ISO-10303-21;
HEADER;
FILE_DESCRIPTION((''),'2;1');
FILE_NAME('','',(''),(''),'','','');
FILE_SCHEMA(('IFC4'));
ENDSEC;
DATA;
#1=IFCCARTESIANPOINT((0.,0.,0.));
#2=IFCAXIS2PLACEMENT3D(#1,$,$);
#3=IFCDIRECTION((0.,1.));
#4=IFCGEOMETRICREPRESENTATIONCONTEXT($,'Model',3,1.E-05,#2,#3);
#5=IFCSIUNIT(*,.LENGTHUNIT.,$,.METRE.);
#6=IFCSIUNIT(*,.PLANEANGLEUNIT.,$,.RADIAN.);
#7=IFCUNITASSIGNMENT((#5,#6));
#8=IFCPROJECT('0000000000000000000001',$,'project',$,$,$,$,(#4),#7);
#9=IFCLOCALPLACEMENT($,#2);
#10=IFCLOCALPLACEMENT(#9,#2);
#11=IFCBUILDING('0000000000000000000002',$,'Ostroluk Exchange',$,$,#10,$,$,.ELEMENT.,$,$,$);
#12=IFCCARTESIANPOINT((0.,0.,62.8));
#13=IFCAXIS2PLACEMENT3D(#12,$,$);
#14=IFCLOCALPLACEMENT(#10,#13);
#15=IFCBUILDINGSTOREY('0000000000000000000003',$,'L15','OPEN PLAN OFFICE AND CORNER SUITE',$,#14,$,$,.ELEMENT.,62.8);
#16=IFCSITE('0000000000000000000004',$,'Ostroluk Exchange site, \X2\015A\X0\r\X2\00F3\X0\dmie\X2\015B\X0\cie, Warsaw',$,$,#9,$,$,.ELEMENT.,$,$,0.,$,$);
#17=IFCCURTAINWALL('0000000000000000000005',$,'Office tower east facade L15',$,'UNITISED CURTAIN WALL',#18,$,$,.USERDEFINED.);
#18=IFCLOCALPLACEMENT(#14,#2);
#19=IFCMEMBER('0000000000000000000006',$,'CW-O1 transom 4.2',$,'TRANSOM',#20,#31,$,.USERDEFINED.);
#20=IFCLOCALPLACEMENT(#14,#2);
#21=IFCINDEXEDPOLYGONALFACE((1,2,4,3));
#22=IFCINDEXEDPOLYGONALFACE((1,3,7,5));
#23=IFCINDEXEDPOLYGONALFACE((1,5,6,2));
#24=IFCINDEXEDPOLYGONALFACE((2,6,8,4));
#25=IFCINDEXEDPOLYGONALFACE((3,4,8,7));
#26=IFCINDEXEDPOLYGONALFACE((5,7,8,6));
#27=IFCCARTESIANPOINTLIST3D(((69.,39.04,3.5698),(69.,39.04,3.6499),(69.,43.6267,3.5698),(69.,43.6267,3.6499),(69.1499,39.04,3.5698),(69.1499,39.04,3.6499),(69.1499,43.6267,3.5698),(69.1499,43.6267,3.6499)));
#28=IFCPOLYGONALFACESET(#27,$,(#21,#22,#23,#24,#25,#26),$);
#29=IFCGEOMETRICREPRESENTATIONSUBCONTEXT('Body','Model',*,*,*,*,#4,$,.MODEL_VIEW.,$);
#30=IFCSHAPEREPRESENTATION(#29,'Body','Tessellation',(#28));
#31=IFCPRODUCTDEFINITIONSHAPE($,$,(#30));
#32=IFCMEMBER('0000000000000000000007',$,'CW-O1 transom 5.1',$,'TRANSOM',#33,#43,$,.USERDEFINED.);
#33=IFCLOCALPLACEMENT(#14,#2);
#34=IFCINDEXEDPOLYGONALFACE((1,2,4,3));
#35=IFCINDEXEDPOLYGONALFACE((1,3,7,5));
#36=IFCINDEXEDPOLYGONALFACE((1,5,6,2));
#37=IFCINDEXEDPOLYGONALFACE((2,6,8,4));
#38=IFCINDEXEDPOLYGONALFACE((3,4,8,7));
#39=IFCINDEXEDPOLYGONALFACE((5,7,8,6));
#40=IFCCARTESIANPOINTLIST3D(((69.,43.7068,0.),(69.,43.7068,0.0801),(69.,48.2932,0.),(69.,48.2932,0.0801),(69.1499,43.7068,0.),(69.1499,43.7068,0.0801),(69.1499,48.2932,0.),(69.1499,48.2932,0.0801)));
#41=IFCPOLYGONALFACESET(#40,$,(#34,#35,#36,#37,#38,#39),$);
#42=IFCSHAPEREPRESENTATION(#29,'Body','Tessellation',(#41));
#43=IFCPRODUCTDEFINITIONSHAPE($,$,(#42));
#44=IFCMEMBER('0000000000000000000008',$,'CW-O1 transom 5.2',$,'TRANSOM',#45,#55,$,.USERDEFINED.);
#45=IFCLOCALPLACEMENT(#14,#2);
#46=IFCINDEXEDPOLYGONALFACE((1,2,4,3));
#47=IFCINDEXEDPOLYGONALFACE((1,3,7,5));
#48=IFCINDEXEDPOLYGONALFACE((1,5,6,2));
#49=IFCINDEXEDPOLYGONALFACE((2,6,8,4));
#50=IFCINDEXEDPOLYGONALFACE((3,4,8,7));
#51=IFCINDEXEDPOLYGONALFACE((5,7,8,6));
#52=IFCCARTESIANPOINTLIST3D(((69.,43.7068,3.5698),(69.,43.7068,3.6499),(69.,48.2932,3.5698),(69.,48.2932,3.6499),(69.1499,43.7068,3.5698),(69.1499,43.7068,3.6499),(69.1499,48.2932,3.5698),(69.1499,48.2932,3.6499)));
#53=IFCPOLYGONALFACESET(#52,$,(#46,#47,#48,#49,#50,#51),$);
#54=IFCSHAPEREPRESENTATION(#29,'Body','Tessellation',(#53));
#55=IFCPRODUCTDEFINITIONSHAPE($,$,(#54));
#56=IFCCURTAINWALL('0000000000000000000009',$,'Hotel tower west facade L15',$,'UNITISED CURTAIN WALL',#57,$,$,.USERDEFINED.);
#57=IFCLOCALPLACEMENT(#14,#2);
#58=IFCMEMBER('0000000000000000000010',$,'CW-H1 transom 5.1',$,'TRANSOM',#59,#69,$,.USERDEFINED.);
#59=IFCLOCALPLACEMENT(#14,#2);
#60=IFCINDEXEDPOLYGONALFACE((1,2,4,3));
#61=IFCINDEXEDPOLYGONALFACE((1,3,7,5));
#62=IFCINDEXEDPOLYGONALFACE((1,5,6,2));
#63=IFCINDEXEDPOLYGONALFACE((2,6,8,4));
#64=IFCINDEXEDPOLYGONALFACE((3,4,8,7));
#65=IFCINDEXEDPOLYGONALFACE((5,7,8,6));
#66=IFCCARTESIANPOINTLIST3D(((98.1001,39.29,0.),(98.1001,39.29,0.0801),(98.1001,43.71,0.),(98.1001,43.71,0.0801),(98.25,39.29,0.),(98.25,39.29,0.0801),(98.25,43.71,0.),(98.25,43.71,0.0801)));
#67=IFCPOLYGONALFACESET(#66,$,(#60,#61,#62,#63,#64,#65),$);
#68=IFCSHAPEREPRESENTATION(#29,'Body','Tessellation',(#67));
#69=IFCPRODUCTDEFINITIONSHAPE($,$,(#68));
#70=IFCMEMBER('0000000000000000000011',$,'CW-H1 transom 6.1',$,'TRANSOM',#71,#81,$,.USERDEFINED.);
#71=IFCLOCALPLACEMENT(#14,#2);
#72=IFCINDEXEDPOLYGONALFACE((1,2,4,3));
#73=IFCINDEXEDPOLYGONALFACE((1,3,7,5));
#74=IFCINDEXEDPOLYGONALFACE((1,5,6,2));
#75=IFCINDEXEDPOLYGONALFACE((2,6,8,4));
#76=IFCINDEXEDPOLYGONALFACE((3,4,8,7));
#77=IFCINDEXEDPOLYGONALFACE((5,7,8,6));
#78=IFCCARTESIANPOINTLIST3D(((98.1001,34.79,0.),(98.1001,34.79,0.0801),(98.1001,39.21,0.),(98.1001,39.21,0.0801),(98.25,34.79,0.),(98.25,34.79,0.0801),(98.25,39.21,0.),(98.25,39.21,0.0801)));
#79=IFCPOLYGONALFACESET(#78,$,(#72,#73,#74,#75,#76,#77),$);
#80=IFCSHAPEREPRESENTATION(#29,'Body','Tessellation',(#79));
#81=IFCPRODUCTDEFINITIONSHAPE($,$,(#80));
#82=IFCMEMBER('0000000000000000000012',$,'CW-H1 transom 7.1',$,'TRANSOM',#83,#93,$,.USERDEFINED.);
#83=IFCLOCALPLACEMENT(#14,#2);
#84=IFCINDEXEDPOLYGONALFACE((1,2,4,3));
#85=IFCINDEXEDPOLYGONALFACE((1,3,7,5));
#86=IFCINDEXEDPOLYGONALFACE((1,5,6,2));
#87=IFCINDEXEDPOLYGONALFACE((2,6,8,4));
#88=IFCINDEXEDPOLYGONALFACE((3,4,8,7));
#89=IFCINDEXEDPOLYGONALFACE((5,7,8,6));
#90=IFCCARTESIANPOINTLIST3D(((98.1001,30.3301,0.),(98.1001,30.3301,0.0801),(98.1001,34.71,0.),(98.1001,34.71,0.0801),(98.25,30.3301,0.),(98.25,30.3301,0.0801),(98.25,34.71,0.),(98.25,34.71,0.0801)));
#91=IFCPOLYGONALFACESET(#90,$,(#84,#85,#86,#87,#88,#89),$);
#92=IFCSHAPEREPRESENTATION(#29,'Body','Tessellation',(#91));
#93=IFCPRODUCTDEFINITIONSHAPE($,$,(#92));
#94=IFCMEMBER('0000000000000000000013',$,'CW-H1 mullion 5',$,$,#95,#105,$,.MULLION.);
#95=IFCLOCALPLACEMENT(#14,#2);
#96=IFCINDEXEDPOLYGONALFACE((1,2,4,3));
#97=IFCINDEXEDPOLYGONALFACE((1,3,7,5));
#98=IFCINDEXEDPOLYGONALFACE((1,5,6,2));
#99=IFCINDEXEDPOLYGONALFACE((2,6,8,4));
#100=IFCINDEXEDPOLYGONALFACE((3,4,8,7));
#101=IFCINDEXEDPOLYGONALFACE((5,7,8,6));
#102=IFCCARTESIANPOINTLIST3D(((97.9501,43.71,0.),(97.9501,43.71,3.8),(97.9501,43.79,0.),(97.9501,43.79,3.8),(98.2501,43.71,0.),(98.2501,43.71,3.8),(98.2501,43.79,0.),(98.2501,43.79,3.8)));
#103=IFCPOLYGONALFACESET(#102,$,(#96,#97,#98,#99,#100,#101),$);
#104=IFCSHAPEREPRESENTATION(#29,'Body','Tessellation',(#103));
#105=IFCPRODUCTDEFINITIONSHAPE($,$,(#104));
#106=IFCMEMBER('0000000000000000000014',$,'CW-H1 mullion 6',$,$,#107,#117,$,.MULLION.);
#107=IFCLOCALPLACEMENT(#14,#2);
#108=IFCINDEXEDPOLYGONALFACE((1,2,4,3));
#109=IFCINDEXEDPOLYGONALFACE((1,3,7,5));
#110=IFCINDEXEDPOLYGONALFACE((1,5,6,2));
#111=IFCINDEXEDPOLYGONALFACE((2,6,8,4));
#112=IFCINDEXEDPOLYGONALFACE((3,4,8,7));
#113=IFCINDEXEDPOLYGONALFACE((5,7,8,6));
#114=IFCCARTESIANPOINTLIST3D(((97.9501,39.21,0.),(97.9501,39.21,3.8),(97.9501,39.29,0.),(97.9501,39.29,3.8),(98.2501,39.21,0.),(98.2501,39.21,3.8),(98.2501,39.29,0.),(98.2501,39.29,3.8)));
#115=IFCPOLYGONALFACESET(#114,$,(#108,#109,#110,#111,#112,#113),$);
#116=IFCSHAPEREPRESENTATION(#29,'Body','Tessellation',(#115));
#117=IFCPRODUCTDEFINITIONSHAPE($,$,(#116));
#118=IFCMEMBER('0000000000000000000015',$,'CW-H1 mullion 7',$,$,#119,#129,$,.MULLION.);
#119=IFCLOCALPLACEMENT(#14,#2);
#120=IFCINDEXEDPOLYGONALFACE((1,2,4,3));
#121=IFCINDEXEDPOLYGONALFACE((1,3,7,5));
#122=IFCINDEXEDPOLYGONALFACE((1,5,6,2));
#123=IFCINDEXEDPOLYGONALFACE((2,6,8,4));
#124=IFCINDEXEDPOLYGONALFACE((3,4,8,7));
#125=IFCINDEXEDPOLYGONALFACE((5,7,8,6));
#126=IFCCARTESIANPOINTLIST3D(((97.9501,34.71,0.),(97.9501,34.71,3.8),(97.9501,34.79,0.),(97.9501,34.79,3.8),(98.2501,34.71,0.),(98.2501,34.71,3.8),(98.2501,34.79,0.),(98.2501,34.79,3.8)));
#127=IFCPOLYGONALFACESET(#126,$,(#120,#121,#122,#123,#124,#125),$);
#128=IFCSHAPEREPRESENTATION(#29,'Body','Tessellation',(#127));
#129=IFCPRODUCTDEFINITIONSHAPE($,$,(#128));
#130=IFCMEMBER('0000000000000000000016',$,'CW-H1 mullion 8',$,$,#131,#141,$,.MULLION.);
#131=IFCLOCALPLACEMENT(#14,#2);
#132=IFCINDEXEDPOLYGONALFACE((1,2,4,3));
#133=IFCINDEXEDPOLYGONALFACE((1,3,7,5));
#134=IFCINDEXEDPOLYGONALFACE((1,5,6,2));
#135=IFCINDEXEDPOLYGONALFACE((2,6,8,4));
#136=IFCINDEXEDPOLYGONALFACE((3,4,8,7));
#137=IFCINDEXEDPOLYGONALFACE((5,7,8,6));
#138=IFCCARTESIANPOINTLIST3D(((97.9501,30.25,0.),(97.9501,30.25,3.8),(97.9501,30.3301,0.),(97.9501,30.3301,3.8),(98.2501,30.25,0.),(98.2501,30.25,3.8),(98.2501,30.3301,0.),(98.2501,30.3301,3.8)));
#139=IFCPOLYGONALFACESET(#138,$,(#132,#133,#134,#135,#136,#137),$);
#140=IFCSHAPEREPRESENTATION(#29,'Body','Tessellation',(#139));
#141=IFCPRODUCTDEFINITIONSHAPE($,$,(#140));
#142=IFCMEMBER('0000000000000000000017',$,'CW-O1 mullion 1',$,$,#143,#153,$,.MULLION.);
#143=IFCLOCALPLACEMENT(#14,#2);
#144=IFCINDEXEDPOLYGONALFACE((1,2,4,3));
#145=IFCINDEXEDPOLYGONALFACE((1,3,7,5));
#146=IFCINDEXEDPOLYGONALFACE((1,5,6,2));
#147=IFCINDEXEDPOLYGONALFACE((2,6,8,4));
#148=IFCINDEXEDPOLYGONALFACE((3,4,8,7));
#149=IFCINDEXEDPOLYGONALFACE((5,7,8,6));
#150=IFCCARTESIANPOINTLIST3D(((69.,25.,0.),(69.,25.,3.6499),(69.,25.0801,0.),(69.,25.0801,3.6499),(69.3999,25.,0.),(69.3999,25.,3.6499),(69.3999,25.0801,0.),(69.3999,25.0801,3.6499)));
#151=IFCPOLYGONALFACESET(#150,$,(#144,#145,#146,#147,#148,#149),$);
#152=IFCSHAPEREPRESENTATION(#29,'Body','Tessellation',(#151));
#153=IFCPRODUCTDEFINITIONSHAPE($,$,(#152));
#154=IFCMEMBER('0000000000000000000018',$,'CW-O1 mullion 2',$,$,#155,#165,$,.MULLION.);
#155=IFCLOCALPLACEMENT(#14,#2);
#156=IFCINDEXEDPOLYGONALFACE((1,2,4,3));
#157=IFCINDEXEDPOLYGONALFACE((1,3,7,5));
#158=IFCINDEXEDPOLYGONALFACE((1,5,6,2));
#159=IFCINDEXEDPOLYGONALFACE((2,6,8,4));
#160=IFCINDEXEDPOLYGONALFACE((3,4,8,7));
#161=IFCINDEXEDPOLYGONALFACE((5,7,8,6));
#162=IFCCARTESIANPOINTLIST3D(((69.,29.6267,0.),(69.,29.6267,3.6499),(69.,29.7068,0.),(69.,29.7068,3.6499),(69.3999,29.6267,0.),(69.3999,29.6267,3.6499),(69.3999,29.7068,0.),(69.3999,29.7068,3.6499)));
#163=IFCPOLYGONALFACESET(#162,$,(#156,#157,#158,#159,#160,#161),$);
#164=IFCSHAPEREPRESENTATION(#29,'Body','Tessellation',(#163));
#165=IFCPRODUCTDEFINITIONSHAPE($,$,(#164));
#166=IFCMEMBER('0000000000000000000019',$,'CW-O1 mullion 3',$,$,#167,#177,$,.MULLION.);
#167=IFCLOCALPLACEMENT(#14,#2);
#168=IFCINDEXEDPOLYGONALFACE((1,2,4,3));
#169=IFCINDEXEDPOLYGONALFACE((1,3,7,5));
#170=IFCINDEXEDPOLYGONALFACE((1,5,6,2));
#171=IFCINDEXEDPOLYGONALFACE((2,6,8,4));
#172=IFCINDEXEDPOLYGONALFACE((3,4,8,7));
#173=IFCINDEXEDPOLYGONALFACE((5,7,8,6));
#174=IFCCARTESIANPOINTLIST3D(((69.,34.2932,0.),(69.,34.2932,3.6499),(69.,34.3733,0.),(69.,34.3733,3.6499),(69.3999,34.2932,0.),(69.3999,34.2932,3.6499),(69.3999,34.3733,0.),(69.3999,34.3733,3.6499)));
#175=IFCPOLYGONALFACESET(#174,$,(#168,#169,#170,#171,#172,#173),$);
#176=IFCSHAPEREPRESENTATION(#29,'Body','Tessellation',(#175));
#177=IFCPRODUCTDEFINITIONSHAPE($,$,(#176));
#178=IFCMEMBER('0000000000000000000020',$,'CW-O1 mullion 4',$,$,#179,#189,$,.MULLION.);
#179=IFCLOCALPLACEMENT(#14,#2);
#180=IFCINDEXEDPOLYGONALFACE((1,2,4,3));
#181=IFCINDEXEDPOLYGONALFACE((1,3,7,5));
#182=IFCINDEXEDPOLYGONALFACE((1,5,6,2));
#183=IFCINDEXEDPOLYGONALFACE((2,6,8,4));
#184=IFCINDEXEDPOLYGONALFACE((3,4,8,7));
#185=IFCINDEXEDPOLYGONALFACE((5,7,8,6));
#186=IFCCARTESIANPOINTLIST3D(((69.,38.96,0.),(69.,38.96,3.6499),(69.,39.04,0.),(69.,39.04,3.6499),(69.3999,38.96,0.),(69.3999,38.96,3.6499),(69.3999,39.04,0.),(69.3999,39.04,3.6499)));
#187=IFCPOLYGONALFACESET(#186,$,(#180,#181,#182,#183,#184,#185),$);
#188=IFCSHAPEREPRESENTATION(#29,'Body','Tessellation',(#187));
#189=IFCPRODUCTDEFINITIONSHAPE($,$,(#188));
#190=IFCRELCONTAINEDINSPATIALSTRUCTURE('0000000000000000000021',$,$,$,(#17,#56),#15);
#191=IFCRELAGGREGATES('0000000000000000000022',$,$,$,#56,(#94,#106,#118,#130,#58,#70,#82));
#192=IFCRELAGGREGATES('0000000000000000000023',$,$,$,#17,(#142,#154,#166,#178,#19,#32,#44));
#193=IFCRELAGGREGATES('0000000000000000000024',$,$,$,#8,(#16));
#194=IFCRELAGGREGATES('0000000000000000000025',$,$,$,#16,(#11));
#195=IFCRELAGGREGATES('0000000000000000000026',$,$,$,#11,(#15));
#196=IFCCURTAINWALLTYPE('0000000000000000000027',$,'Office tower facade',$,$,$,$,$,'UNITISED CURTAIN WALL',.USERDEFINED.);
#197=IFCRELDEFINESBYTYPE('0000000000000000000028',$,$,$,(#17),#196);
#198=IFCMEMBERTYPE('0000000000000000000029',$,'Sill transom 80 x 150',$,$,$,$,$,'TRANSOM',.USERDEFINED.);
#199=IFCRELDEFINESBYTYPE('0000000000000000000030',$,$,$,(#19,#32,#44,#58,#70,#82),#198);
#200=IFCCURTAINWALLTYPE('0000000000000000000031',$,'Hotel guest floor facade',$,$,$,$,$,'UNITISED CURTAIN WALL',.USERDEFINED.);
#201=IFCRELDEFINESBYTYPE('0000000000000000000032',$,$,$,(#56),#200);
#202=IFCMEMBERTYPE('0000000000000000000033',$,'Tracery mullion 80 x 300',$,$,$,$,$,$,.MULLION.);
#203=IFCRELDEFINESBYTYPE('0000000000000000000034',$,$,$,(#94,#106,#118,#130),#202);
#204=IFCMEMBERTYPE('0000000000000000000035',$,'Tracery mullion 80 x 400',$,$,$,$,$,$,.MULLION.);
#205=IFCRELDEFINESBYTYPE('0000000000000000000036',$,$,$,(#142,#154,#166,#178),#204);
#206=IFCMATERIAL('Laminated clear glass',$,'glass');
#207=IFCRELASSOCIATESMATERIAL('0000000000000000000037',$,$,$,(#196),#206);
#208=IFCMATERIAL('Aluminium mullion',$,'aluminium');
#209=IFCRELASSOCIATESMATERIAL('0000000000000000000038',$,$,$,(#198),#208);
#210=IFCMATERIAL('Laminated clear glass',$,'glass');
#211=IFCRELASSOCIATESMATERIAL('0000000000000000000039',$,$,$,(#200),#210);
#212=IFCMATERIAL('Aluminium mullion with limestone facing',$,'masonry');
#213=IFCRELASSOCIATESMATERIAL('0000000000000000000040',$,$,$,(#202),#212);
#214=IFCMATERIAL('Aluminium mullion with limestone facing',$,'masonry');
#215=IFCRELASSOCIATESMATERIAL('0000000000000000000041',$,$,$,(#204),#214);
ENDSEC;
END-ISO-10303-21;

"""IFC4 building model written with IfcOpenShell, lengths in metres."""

from ifc_helpers import new_model, si_unit, direction, frame, origin, origin_2d, place, context, subcontext, project, spatial, rectangle, extrude, material, material_profile, profile_set, type_object, element, aggregate, save


model = new_model("IFC4")

# Units and contexts
model_context = context("Model", 3, precision=1e-05, world=origin(), true_north=direction((0.0, 1.0)))
body_context = subcontext(model_context, "Body", "Model", "MODEL_VIEW")
ifc_project = project(units=[si_unit("LENGTHUNIT", "METRE"), si_unit("PLANEANGLEUNIT", "RADIAN")], contexts=[model_context])

# Site, building, storey
site_placement = place(None, origin())
site = spatial("IfcSite", under=ifc_project, at=site_placement, Name="Ostroluk Exchange site, Śródmieście, Warsaw", CompositionType="ELEMENT", RefElevation=0.0)
building_placement = place(site_placement, origin())
building = spatial("IfcBuilding", under=site, at=building_placement, Name="Ostroluk Exchange", CompositionType="ELEMENT")
storey_placement = place(building_placement, frame((0.0, 0.0, 62.8)))
storey = spatial("IfcBuildingStorey", under=building, at=storey_placement, Name="L15", Description="OPEN PLAN OFFICE AND CORNER SUITE", CompositionType="ELEMENT", Elevation=62.8)

# Curtain walls, members
ifc_material_1 = material(Name="Laminated clear glass", Category="glass")
curtain_wall_type_1 = type_object("IfcCurtainWallType", Name="Office tower facade", ElementType="UNITISED CURTAIN WALL", PredefinedType="USERDEFINED", material=ifc_material_1)
curtain_wall_1_placement = place(storey_placement, origin())
curtain_wall_1 = element("IfcCurtainWall", 1, at=curtain_wall_1_placement, inside=storey, type_object=curtain_wall_type_1, Name="Office tower east facade L15", ObjectType="UNITISED CURTAIN WALL", PredefinedType="USERDEFINED")
ifc_material_2 = material(Name="Aluminium mullion", Category="aluminium")
ifc_material_profile_1 = material_profile(ifc_material_2, rectangle(XDim=0.1499, YDim=0.0801, at=origin_2d()), Name="Sill transom 80 x 150")
ifc_profile_set_1 = profile_set([ifc_material_profile_1], Name="Aluminium mullion")
member_type_1 = type_object("IfcMemberType", Name="Sill transom 80 x 150", ElementType="TRANSOM", PredefinedType="USERDEFINED", material=ifc_profile_set_1)
member_1_placement = place(storey_placement, frame((69.075, 39.04, 3.6099), z_axis=(0.0, 1.0, 0.0), x_axis=(-1.0, 0.0, 0.0)))
member_1 = element("IfcMember", 2, at=member_1_placement, type_object=member_type_1, Name="CW-O1 transom 4.2", ObjectType="TRANSOM", PredefinedType="USERDEFINED", context=body_context, shape_type="SweptSolid", body=[
    extrude(rectangle(XDim=0.1499, YDim=0.0801, at=origin_2d()), origin(), (0.0, 0.0, 1.0), 4.5867),
])
member_2_placement = place(storey_placement, frame((69.075, 43.7068, 0.04), z_axis=(0.0, 1.0, 0.0), x_axis=(-1.0, 0.0, 0.0)))
member_2 = element("IfcMember", 3, at=member_2_placement, type_object=member_type_1, Name="CW-O1 transom 5.1", ObjectType="TRANSOM", PredefinedType="USERDEFINED", context=body_context, shape_type="SweptSolid", body=[
    extrude(rectangle(XDim=0.1499, YDim=0.0801, at=origin_2d()), origin(), (0.0, 0.0, 1.0), 4.5864),
])
member_3_placement = place(storey_placement, frame((69.075, 43.7068, 3.6099), z_axis=(0.0, 1.0, 0.0), x_axis=(-1.0, 0.0, 0.0)))
member_3 = element("IfcMember", 4, at=member_3_placement, type_object=member_type_1, Name="CW-O1 transom 5.2", ObjectType="TRANSOM", PredefinedType="USERDEFINED", context=body_context, shape_type="SweptSolid", body=[
    extrude(rectangle(XDim=0.1499, YDim=0.0801, at=origin_2d()), origin(), (0.0, 0.0, 1.0), 4.5864),
])
ifc_material_3 = material(Name="Laminated clear glass", Category="glass")
curtain_wall_type_2 = type_object("IfcCurtainWallType", Name="Hotel guest floor facade", ElementType="UNITISED CURTAIN WALL", PredefinedType="USERDEFINED", material=ifc_material_3)
curtain_wall_2_placement = place(storey_placement, origin())
curtain_wall_2 = element("IfcCurtainWall", 5, at=curtain_wall_2_placement, inside=storey, type_object=curtain_wall_type_2, Name="Hotel tower west facade L15", ObjectType="UNITISED CURTAIN WALL", PredefinedType="USERDEFINED")
member_4_placement = place(storey_placement, frame((98.175, 43.71, 0.04), z_axis=(0.0, -1.0, 0.0), x_axis=(1.0, 0.0, 0.0)))
member_4 = element("IfcMember", 6, at=member_4_placement, type_object=member_type_1, Name="CW-H1 transom 5.1", ObjectType="TRANSOM", PredefinedType="USERDEFINED", context=body_context, shape_type="SweptSolid", body=[
    extrude(rectangle(XDim=0.1499, YDim=0.0801, at=origin_2d()), origin(), (0.0, 0.0, 1.0), 4.4199),
])
member_5_placement = place(storey_placement, frame((98.175, 39.21, 0.04), z_axis=(0.0, -1.0, 0.0), x_axis=(1.0, 0.0, 0.0)))
member_5 = element("IfcMember", 7, at=member_5_placement, type_object=member_type_1, Name="CW-H1 transom 6.1", ObjectType="TRANSOM", PredefinedType="USERDEFINED", context=body_context, shape_type="SweptSolid", body=[
    extrude(rectangle(XDim=0.1499, YDim=0.0801, at=origin_2d()), origin(), (0.0, 0.0, 1.0), 4.4199),
])
member_6_placement = place(storey_placement, frame((98.175, 34.71, 0.04), z_axis=(0.0, -1.0, 0.0), x_axis=(1.0, 0.0, 0.0)))
member_6 = element("IfcMember", 8, at=member_6_placement, type_object=member_type_1, Name="CW-H1 transom 7.1", ObjectType="TRANSOM", PredefinedType="USERDEFINED", context=body_context, shape_type="SweptSolid", body=[
    extrude(rectangle(XDim=0.1499, YDim=0.0801, at=origin_2d()), origin(), (0.0, 0.0, 1.0), 4.3799),
])
ifc_material_4 = material(Name="Aluminium mullion with limestone facing", Category="masonry")
ifc_material_profile_2 = material_profile(ifc_material_4, rectangle(XDim=0.3, YDim=0.0801, at=origin_2d()), Name="Tracery mullion 80 x 300")
ifc_profile_set_2 = profile_set([ifc_material_profile_2], Name="Aluminium mullion with limestone facing")
member_type_2 = type_object("IfcMemberType", Name="Tracery mullion 80 x 300", PredefinedType="MULLION", material=ifc_profile_set_2)
member_7_placement = place(storey_placement, frame((98.1001, 43.75, 0.0), z_axis=(0.0, 0.0, 1.0), x_axis=(1.0, 0.0, 0.0)))
member_7 = element("IfcMember", 9, at=member_7_placement, type_object=member_type_2, Name="CW-H1 mullion 5", PredefinedType="MULLION", context=body_context, shape_type="SweptSolid", body=[
    extrude(rectangle(XDim=0.3, YDim=0.0801, at=origin_2d()), origin(), (0.0, 0.0, 1.0), 3.8),
])
member_8_placement = place(storey_placement, frame((98.1001, 39.25, 0.0), z_axis=(0.0, 0.0, 1.0), x_axis=(1.0, 0.0, 0.0)))
member_8 = element("IfcMember", 10, at=member_8_placement, type_object=member_type_2, Name="CW-H1 mullion 6", PredefinedType="MULLION", context=body_context, shape_type="SweptSolid", body=[
    extrude(rectangle(XDim=0.3, YDim=0.0801, at=origin_2d()), origin(), (0.0, 0.0, 1.0), 3.8),
])
member_9_placement = place(storey_placement, frame((98.1001, 34.75, 0.0), z_axis=(0.0, 0.0, 1.0), x_axis=(1.0, 0.0, 0.0)))
member_9 = element("IfcMember", 11, at=member_9_placement, type_object=member_type_2, Name="CW-H1 mullion 7", PredefinedType="MULLION", context=body_context, shape_type="SweptSolid", body=[
    extrude(rectangle(XDim=0.3, YDim=0.0801, at=origin_2d()), origin(), (0.0, 0.0, 1.0), 3.8),
])
member_10_placement = place(storey_placement, frame((98.1001, 30.29, 0.0), z_axis=(0.0, 0.0, 1.0), x_axis=(1.0, 0.0, 0.0)))
member_10 = element("IfcMember", 12, at=member_10_placement, type_object=member_type_2, Name="CW-H1 mullion 8", PredefinedType="MULLION", context=body_context, shape_type="SweptSolid", body=[
    extrude(rectangle(XDim=0.3, YDim=0.0801, at=origin_2d()), origin(), (0.0, 0.0, 1.0), 3.8),
])

# Members
ifc_material_5 = material(Name="Aluminium mullion with limestone facing", Category="masonry")
ifc_material_profile_3 = material_profile(ifc_material_5, rectangle(XDim=0.3999, YDim=0.0801, at=origin_2d()), Name="Tracery mullion 80 x 400")
ifc_profile_set_3 = profile_set([ifc_material_profile_3], Name="Aluminium mullion with limestone facing")
member_type_3 = type_object("IfcMemberType", Name="Tracery mullion 80 x 400", PredefinedType="MULLION", material=ifc_profile_set_3)
member_11_placement = place(storey_placement, frame((69.2, 25.04, 0.0), z_axis=(0.0, 0.0, 1.0), x_axis=(-1.0, 0.0, 0.0)))
member_11 = element("IfcMember", 13, at=member_11_placement, type_object=member_type_3, Name="CW-O1 mullion 1", PredefinedType="MULLION", context=body_context, shape_type="SweptSolid", body=[
    extrude(rectangle(XDim=0.3999, YDim=0.0801, at=origin_2d()), origin(), (0.0, 0.0, 1.0), 3.6499),
])
member_12_placement = place(storey_placement, frame((69.2, 29.6667, 0.0), z_axis=(0.0, 0.0, 1.0), x_axis=(-1.0, 0.0, 0.0)))
member_12 = element("IfcMember", 14, at=member_12_placement, type_object=member_type_3, Name="CW-O1 mullion 2", PredefinedType="MULLION", context=body_context, shape_type="SweptSolid", body=[
    extrude(rectangle(XDim=0.3999, YDim=0.0801, at=origin_2d()), origin(), (0.0, 0.0, 1.0), 3.6499),
])
member_13_placement = place(storey_placement, frame((69.2, 34.3333, 0.0), z_axis=(0.0, 0.0, 1.0), x_axis=(-1.0, 0.0, 0.0)))
member_13 = element("IfcMember", 15, at=member_13_placement, type_object=member_type_3, Name="CW-O1 mullion 3", PredefinedType="MULLION", context=body_context, shape_type="SweptSolid", body=[
    extrude(rectangle(XDim=0.3999, YDim=0.0801, at=origin_2d()), origin(), (0.0, 0.0, 1.0), 3.6499),
])
member_14_placement = place(storey_placement, frame((69.2, 39.0, 0.0), z_axis=(0.0, 0.0, 1.0), x_axis=(-1.0, 0.0, 0.0)))
member_14 = element("IfcMember", 16, at=member_14_placement, type_object=member_type_3, Name="CW-O1 mullion 4", PredefinedType="MULLION", context=body_context, shape_type="SweptSolid", body=[
    extrude(rectangle(XDim=0.3999, YDim=0.0801, at=origin_2d()), origin(), (0.0, 0.0, 1.0), 3.6499),
])

aggregate(curtain_wall_2, [member_7, member_8, member_9, member_10, member_4, member_5, member_6])
aggregate(curtain_wall_1, [member_11, member_12, member_13, member_14, member_1, member_2, member_3])

save(model, "model.ifc")
